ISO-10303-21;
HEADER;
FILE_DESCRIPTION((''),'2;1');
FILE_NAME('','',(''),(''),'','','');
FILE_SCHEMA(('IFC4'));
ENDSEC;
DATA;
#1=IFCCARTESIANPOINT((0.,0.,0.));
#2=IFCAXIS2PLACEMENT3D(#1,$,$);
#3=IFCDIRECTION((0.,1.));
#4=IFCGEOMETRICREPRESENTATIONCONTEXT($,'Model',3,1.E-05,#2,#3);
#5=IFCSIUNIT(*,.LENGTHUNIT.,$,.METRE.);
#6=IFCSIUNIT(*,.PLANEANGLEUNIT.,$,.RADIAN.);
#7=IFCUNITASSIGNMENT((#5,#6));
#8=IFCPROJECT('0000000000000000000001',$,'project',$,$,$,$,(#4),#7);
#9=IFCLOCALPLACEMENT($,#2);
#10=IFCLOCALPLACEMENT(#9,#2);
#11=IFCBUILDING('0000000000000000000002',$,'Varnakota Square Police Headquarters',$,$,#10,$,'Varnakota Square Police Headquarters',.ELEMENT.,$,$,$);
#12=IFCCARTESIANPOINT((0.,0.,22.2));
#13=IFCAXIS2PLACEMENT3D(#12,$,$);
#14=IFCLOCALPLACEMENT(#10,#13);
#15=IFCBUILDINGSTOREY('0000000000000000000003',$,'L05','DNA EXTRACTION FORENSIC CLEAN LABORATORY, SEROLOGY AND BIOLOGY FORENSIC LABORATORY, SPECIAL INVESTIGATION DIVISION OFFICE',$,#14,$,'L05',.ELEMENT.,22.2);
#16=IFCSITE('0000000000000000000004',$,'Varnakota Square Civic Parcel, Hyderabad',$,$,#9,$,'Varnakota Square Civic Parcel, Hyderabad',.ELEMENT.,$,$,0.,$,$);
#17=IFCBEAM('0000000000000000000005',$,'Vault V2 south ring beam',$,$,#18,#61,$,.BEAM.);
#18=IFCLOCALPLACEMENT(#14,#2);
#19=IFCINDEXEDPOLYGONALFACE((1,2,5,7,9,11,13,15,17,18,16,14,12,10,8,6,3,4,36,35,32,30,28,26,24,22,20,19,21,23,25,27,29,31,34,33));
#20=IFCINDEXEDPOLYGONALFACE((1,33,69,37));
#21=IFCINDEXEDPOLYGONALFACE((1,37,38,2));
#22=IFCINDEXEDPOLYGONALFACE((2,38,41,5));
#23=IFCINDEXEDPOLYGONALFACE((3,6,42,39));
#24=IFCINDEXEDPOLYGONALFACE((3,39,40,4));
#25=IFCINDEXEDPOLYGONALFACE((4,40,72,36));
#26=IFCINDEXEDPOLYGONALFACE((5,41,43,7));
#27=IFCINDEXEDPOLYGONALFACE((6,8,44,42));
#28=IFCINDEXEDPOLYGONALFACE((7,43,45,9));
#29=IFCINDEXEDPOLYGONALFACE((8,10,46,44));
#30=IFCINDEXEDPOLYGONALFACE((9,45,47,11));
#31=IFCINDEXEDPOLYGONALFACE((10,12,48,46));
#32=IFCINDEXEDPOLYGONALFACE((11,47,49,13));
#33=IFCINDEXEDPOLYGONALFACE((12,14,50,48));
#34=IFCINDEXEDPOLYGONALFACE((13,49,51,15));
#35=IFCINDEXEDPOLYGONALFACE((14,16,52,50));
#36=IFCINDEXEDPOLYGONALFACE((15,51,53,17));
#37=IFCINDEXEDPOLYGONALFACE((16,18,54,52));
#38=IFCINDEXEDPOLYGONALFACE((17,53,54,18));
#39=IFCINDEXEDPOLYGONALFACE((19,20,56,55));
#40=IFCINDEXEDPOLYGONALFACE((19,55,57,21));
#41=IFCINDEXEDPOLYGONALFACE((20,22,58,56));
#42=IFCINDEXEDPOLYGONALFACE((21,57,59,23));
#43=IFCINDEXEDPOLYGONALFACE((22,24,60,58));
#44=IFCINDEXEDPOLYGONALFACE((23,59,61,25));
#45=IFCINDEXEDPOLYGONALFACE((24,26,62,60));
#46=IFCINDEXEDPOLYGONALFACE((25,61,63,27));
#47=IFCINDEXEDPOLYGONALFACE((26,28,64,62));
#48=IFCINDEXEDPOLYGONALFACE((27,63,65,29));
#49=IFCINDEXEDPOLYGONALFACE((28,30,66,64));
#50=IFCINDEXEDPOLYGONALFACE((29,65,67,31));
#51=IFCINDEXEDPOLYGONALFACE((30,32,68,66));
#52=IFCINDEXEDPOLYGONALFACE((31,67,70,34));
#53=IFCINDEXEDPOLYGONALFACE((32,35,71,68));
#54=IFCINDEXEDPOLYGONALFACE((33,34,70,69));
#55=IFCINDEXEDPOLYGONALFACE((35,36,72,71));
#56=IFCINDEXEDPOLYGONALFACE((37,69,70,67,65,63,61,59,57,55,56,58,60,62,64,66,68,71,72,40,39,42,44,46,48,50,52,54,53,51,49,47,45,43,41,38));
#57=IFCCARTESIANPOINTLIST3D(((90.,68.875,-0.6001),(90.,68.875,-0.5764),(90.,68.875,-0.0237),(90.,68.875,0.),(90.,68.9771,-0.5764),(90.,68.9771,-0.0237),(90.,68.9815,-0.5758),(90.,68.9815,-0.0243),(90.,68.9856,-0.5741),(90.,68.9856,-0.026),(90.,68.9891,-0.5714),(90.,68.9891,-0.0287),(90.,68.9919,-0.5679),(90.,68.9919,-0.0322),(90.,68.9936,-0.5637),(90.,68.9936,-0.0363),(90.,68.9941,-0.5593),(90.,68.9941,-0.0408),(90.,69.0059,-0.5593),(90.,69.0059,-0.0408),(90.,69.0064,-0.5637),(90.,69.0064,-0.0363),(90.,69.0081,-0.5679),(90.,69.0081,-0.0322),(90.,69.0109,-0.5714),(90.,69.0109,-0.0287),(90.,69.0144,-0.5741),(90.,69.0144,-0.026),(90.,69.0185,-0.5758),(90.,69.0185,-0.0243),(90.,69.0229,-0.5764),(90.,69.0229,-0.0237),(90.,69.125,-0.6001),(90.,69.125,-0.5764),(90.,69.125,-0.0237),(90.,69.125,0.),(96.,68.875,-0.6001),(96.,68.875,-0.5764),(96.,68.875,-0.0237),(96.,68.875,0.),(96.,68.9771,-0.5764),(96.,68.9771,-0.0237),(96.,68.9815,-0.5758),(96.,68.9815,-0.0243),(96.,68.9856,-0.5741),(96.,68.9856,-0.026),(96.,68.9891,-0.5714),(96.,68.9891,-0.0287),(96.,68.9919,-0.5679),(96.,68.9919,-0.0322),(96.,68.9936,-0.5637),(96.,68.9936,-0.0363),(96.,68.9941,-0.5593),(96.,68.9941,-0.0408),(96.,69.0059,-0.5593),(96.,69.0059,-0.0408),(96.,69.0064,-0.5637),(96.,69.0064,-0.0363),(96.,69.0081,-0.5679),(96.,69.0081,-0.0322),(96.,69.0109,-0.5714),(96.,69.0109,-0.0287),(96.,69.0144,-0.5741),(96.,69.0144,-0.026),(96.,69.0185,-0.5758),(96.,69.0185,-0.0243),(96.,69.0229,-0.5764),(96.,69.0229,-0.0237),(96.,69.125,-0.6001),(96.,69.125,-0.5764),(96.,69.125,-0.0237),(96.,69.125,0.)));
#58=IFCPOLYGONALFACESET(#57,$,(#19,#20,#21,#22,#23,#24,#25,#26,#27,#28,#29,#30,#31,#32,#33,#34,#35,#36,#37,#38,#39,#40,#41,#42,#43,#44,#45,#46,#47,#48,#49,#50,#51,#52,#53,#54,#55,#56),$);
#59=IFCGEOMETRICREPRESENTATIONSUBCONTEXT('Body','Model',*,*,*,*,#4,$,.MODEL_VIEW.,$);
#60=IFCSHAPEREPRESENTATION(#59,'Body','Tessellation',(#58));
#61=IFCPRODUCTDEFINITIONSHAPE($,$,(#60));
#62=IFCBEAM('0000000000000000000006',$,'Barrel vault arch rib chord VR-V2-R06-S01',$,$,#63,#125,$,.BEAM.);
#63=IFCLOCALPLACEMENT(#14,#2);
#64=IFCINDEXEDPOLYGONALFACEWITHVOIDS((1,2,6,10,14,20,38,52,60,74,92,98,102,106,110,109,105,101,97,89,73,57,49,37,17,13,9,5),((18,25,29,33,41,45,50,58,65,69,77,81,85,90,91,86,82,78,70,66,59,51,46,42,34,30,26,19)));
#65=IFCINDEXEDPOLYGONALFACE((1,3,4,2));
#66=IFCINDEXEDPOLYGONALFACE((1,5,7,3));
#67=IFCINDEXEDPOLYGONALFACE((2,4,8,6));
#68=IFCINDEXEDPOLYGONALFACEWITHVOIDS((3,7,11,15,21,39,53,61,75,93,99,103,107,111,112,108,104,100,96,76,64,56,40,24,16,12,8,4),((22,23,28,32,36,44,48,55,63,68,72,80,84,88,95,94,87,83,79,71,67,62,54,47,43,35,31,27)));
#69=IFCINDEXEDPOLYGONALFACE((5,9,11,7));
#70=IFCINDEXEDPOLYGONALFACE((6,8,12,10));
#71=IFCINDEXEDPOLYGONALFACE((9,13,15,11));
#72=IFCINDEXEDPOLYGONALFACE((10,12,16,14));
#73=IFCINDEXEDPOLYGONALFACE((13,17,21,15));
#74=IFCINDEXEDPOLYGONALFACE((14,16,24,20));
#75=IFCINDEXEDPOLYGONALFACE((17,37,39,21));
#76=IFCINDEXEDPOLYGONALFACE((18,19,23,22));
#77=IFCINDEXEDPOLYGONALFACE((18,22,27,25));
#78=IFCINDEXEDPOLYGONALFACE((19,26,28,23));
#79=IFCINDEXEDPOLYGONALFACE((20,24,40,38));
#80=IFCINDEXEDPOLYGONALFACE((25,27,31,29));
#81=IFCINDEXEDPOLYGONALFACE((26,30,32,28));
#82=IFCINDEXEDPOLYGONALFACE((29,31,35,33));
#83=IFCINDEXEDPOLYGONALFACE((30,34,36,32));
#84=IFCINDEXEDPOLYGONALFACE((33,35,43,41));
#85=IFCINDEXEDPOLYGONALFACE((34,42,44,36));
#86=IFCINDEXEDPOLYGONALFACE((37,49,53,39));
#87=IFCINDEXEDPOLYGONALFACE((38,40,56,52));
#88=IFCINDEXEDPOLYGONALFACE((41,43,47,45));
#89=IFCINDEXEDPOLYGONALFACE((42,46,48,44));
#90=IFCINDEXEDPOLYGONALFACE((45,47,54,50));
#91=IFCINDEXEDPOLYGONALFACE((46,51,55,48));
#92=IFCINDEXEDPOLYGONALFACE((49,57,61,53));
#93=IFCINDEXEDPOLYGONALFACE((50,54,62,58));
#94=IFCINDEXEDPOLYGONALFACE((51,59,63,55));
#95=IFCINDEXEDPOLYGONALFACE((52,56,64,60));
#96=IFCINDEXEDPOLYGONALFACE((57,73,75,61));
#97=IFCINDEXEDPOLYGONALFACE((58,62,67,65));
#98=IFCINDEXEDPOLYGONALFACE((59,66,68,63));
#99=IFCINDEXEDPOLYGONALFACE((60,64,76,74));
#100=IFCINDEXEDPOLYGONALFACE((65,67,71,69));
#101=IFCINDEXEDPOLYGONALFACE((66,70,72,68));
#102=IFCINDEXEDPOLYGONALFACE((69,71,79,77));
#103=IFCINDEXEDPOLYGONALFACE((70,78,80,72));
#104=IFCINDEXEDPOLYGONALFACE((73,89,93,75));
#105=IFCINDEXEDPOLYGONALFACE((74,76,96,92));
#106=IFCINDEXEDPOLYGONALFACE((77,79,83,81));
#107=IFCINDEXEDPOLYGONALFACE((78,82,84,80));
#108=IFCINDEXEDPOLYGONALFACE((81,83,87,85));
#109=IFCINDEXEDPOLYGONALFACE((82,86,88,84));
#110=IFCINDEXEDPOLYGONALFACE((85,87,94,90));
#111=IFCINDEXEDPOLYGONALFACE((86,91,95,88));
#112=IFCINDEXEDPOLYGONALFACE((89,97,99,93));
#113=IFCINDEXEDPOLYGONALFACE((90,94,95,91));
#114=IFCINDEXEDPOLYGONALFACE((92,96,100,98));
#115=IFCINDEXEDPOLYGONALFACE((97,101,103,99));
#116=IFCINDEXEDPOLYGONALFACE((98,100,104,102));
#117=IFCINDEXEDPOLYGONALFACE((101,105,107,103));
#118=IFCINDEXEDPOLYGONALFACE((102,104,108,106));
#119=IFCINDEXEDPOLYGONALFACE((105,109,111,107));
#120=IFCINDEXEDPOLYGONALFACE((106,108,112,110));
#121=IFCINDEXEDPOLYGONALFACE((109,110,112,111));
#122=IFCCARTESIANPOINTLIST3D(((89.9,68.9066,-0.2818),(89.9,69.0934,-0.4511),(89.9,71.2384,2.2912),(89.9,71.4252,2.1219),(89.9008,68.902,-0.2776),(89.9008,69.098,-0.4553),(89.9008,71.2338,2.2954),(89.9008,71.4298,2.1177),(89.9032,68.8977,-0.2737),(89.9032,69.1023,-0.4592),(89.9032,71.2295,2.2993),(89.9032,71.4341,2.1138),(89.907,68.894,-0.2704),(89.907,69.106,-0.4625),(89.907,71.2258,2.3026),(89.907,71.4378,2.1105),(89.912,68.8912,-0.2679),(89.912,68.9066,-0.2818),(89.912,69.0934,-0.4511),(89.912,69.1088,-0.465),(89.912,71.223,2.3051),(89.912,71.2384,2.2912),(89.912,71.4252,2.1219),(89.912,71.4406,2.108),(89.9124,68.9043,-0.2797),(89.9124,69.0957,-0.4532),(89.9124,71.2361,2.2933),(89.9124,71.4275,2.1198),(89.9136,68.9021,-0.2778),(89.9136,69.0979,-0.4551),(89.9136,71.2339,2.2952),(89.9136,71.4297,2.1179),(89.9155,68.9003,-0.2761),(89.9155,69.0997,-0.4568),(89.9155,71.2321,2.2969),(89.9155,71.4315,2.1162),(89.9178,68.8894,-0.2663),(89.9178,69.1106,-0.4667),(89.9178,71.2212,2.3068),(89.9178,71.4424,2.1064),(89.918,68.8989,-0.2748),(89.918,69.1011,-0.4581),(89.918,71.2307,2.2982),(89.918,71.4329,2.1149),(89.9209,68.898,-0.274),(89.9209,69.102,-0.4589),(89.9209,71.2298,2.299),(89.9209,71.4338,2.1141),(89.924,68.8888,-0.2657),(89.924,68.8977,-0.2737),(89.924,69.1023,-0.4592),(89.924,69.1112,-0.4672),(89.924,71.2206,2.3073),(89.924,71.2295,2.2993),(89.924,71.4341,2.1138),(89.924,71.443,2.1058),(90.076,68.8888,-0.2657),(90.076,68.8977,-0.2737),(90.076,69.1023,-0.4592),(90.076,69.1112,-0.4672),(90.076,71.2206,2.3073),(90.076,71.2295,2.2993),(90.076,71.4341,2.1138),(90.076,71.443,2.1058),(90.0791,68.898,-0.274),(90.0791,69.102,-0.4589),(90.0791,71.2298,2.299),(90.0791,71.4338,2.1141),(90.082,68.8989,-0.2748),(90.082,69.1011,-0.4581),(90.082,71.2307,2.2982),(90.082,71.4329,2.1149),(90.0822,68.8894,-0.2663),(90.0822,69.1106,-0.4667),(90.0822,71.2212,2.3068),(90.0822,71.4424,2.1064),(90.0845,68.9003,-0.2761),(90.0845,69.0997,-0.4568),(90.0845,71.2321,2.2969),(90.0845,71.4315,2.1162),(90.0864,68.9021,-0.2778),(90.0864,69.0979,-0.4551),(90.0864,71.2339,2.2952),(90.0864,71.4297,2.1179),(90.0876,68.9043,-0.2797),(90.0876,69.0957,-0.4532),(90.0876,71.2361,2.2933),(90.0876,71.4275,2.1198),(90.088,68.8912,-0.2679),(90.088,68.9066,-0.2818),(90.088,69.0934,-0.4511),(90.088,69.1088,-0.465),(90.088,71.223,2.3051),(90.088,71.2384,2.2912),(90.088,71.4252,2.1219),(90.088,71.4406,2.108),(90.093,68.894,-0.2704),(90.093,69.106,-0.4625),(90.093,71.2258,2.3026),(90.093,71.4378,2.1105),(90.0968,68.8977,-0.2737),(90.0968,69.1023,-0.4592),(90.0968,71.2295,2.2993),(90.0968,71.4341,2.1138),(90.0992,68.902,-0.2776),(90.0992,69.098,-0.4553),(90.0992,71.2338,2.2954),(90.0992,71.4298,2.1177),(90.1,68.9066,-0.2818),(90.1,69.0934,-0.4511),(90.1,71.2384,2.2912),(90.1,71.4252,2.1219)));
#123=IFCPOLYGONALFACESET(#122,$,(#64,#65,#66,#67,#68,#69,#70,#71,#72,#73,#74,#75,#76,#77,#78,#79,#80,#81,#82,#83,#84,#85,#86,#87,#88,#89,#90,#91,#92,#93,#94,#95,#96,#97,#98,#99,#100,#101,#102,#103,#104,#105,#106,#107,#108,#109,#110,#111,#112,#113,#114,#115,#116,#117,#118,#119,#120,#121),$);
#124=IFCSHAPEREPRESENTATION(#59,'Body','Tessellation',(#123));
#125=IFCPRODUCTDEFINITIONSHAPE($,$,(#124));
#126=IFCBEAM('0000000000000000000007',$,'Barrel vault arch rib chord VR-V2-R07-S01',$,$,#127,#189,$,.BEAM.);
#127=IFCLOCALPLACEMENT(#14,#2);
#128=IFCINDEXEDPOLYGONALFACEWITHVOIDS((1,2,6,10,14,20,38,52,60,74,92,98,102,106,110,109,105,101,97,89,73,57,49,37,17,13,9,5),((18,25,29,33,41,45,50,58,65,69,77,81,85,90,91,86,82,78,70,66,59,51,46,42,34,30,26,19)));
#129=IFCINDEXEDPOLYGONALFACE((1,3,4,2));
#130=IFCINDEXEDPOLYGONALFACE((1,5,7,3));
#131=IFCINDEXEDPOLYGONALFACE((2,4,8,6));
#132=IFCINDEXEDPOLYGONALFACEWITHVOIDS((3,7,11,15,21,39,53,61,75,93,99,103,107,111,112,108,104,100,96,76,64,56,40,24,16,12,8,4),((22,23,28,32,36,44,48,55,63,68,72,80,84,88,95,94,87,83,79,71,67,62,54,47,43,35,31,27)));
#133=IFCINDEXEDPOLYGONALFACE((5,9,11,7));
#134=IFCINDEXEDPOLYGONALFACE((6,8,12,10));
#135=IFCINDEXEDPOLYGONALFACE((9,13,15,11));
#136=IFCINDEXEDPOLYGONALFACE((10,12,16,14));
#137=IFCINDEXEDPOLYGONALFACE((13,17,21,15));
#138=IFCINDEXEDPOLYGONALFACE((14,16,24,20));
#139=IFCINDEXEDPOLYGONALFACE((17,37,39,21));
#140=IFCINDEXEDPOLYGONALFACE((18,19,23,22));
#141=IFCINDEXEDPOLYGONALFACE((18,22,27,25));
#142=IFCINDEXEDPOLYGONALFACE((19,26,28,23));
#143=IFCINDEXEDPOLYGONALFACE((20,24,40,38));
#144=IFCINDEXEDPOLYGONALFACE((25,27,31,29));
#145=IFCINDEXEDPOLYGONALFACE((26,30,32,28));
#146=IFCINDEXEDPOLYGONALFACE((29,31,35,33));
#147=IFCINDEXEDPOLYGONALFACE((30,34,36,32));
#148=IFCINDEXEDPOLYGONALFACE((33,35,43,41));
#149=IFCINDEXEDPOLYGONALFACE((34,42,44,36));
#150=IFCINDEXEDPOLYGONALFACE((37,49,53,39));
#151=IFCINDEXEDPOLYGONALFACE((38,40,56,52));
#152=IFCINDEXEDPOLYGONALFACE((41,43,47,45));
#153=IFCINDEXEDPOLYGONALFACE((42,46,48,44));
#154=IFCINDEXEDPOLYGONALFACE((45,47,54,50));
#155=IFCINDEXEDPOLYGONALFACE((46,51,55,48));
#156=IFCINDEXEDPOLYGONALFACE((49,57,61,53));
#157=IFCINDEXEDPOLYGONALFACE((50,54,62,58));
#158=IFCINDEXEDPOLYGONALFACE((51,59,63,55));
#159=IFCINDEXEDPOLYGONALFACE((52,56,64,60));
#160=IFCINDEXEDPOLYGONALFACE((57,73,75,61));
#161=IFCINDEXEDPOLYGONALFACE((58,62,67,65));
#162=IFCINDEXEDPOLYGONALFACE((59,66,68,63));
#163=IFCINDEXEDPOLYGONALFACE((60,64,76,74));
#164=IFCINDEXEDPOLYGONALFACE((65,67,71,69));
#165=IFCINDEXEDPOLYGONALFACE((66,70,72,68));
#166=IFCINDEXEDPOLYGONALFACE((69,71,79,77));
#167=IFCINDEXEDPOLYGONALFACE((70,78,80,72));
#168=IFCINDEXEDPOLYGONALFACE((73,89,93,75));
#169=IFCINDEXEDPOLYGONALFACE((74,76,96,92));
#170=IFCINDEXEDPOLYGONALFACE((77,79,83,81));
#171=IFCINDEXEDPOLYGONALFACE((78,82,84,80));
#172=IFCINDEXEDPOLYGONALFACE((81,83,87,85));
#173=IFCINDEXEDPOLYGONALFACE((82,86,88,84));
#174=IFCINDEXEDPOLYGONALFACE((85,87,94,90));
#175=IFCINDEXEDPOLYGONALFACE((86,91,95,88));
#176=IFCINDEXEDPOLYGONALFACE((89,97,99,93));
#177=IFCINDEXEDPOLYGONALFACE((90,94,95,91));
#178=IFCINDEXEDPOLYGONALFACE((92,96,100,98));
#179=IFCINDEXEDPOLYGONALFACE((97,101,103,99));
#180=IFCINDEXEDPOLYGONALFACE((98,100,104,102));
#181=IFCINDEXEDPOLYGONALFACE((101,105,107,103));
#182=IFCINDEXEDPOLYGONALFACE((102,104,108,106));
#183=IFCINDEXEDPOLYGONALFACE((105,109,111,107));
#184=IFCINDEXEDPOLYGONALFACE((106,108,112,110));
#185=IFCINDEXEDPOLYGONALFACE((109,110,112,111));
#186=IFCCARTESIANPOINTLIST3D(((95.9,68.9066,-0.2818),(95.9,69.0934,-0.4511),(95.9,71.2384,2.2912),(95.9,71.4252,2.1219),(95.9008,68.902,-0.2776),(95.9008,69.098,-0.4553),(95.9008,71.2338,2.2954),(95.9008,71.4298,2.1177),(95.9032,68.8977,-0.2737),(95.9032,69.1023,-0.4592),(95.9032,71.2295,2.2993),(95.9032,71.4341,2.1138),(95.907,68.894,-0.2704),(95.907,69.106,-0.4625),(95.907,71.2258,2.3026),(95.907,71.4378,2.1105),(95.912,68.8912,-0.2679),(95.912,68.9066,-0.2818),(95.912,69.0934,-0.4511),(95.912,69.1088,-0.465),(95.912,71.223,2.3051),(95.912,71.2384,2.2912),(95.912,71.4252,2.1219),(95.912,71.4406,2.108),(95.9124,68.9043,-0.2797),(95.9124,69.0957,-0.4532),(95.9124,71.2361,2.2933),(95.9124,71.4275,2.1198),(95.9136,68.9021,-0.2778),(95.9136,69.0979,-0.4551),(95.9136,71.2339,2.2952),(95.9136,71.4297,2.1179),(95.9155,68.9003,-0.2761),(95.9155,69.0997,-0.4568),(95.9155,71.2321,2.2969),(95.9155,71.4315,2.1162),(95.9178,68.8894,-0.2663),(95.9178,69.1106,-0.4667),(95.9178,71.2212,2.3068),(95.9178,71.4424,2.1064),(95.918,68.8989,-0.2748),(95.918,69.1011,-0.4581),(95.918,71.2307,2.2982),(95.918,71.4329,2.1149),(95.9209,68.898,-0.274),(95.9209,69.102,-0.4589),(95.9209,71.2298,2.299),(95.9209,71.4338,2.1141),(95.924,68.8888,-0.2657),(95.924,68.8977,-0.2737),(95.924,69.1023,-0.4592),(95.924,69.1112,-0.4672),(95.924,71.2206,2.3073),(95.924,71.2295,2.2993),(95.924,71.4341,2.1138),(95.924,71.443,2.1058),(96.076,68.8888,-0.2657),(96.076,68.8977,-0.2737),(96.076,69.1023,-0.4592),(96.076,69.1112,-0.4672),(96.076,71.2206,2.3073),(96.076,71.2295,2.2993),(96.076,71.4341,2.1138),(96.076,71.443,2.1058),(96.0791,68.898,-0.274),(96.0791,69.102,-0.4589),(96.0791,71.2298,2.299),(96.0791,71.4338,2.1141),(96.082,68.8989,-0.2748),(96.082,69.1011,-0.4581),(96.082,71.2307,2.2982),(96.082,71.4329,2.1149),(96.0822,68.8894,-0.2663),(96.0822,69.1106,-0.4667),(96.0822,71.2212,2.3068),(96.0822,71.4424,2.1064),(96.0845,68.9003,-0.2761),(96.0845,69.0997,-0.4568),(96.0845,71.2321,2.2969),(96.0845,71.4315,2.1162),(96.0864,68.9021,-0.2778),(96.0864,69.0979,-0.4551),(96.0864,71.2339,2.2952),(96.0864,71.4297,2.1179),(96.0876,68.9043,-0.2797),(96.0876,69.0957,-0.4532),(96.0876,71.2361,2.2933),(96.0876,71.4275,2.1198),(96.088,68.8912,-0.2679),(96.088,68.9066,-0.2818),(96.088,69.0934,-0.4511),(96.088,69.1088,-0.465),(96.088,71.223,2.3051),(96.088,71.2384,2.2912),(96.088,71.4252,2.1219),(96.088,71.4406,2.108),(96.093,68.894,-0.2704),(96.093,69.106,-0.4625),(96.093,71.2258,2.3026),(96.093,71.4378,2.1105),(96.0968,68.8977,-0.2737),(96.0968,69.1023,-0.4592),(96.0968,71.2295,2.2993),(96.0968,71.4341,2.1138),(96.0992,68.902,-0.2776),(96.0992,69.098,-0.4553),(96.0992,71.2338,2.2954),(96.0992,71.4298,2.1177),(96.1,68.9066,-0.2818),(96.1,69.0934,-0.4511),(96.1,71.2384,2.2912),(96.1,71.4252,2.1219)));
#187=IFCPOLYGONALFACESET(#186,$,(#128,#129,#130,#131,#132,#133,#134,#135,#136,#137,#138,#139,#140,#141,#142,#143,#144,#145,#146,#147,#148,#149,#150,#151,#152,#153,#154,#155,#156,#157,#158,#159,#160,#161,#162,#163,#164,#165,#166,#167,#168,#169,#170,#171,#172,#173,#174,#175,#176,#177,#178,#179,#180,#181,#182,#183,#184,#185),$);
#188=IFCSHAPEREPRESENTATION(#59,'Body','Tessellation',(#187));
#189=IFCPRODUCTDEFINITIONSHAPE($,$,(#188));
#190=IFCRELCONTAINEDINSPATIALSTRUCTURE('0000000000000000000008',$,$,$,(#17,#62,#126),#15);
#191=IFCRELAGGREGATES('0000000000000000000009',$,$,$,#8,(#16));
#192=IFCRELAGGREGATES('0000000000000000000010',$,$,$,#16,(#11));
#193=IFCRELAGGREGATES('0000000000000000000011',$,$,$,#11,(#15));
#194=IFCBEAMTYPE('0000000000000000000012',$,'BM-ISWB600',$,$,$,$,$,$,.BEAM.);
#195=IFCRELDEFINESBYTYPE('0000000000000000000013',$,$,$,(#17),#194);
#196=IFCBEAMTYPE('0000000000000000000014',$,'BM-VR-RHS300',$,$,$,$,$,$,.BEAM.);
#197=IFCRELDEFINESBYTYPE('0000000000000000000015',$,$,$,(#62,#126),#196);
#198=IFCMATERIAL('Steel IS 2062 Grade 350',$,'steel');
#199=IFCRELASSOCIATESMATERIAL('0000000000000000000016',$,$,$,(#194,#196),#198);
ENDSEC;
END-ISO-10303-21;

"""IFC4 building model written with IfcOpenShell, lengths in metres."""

from ifc_helpers import new_model, si_unit, direction, frame, origin, origin_2d, place, context, subcontext, project, spatial, hollow_rectangle, i_section, extrude, material, material_profile, profile_set, type_object, element, save


model = new_model("IFC4")

# Units and contexts
model_context = context("Model", 3, precision=1e-05, world=origin(), true_north=direction((0.0, 1.0)))
body_context = subcontext(model_context, "Body", "Model", "MODEL_VIEW")
ifc_project = project(units=[si_unit("LENGTHUNIT", "METRE"), si_unit("PLANEANGLEUNIT", "RADIAN")], contexts=[model_context])

# Site, building, storey
site_placement = place(None, origin())
site = spatial("IfcSite", under=ifc_project, at=site_placement, Name="Varnakota Square Civic Parcel, Hyderabad", LongName="Varnakota Square Civic Parcel, Hyderabad", CompositionType="ELEMENT", RefElevation=0.0)
building_placement = place(site_placement, origin())
building = spatial("IfcBuilding", under=site, at=building_placement, Name="Varnakota Square Police Headquarters", LongName="Varnakota Square Police Headquarters", CompositionType="ELEMENT")
storey_placement = place(building_placement, frame((0.0, 0.0, 22.2)))
storey = spatial("IfcBuildingStorey", under=building, at=storey_placement, Name="L05", Description="DNA EXTRACTION FORENSIC CLEAN LABORATORY, SEROLOGY AND BIOLOGY FORENSIC LABORATORY, SPECIAL INVESTIGATION DIVISION OFFICE", LongName="L05", CompositionType="ELEMENT", Elevation=22.2)

# Shared definitions
ifc_material_1 = material(Name="Steel IS 2062 Grade 350", Category="steel")

# Beams
ifc_material_profile_1 = material_profile(ifc_material_1, i_section(OverallWidth=0.25, OverallDepth=0.6001, WebThickness=0.0117, FlangeThickness=0.0237, FilletRadius=0.0171, at=origin_2d()), Name="ISWB 600")
ifc_profile_set_1 = profile_set([ifc_material_profile_1], Name="Steel IS 2062 Grade 350")
beam_type_1 = type_object("IfcBeamType", Name="BM-ISWB600", PredefinedType="BEAM", material=ifc_profile_set_1)
beam_1_placement = place(storey_placement, frame((90.0, 69.0, -0.3), z_axis=(1.0, 0.0, 0.0), x_axis=(0.0, 1.0, 0.0)))
element("IfcBeam", 1, at=beam_1_placement, inside=storey, type_object=beam_type_1, Name="Vault V2 south ring beam", PredefinedType="BEAM", context=body_context, shape_type="SweptSolid", body=[
    extrude(i_section(OverallWidth=0.25, OverallDepth=0.6001, WebThickness=0.0117, FlangeThickness=0.0237, FilletRadius=0.0171, at=origin_2d()), origin(), (0.0, 0.0, 1.0), 6.0),
])
ifc_material_profile_2 = material_profile(ifc_material_1, hollow_rectangle(XDim=0.2, YDim=0.3, WallThickness=0.012, InnerFilletRadius=0.012, OuterFilletRadius=0.0239, at=origin_2d()), Name="RHS 300x200x12")
ifc_profile_set_2 = profile_set([ifc_material_profile_2], Name="Steel IS 2062 Grade 350")
beam_type_2 = type_object("IfcBeamType", Name="BM-VR-RHS300", PredefinedType="BEAM", material=ifc_profile_set_2)
for number, where, z_axis, x_axis, name in (
    (2, (90.0, 69.0, -0.3665), (0.0, 0.671521, 0.740986), (-1.0, 0.0, 0.0), "Barrel vault arch rib chord VR-V2-R06-S01"),
    (3, (96.0, 69.0, -0.3665), (0.0, 0.671521, 0.740986), (-1.0, 0.0, 0.0), "Barrel vault arch rib chord VR-V2-R07-S01"),
):
    element("IfcBeam", number, at=place(storey_placement, frame(where, z_axis=z_axis, x_axis=x_axis)), inside=storey, type_object=beam_type_2, Name=name, PredefinedType="BEAM", context=body_context, shape_type="SweptSolid", body=[
        extrude(hollow_rectangle(XDim=0.2, YDim=0.3, WallThickness=0.012, InnerFilletRadius=0.012, OuterFilletRadius=0.0239, at=origin_2d()), origin(), (0.0, 0.0, 1.0), 3.4724),
    ])

save(model, "model.ifc")
